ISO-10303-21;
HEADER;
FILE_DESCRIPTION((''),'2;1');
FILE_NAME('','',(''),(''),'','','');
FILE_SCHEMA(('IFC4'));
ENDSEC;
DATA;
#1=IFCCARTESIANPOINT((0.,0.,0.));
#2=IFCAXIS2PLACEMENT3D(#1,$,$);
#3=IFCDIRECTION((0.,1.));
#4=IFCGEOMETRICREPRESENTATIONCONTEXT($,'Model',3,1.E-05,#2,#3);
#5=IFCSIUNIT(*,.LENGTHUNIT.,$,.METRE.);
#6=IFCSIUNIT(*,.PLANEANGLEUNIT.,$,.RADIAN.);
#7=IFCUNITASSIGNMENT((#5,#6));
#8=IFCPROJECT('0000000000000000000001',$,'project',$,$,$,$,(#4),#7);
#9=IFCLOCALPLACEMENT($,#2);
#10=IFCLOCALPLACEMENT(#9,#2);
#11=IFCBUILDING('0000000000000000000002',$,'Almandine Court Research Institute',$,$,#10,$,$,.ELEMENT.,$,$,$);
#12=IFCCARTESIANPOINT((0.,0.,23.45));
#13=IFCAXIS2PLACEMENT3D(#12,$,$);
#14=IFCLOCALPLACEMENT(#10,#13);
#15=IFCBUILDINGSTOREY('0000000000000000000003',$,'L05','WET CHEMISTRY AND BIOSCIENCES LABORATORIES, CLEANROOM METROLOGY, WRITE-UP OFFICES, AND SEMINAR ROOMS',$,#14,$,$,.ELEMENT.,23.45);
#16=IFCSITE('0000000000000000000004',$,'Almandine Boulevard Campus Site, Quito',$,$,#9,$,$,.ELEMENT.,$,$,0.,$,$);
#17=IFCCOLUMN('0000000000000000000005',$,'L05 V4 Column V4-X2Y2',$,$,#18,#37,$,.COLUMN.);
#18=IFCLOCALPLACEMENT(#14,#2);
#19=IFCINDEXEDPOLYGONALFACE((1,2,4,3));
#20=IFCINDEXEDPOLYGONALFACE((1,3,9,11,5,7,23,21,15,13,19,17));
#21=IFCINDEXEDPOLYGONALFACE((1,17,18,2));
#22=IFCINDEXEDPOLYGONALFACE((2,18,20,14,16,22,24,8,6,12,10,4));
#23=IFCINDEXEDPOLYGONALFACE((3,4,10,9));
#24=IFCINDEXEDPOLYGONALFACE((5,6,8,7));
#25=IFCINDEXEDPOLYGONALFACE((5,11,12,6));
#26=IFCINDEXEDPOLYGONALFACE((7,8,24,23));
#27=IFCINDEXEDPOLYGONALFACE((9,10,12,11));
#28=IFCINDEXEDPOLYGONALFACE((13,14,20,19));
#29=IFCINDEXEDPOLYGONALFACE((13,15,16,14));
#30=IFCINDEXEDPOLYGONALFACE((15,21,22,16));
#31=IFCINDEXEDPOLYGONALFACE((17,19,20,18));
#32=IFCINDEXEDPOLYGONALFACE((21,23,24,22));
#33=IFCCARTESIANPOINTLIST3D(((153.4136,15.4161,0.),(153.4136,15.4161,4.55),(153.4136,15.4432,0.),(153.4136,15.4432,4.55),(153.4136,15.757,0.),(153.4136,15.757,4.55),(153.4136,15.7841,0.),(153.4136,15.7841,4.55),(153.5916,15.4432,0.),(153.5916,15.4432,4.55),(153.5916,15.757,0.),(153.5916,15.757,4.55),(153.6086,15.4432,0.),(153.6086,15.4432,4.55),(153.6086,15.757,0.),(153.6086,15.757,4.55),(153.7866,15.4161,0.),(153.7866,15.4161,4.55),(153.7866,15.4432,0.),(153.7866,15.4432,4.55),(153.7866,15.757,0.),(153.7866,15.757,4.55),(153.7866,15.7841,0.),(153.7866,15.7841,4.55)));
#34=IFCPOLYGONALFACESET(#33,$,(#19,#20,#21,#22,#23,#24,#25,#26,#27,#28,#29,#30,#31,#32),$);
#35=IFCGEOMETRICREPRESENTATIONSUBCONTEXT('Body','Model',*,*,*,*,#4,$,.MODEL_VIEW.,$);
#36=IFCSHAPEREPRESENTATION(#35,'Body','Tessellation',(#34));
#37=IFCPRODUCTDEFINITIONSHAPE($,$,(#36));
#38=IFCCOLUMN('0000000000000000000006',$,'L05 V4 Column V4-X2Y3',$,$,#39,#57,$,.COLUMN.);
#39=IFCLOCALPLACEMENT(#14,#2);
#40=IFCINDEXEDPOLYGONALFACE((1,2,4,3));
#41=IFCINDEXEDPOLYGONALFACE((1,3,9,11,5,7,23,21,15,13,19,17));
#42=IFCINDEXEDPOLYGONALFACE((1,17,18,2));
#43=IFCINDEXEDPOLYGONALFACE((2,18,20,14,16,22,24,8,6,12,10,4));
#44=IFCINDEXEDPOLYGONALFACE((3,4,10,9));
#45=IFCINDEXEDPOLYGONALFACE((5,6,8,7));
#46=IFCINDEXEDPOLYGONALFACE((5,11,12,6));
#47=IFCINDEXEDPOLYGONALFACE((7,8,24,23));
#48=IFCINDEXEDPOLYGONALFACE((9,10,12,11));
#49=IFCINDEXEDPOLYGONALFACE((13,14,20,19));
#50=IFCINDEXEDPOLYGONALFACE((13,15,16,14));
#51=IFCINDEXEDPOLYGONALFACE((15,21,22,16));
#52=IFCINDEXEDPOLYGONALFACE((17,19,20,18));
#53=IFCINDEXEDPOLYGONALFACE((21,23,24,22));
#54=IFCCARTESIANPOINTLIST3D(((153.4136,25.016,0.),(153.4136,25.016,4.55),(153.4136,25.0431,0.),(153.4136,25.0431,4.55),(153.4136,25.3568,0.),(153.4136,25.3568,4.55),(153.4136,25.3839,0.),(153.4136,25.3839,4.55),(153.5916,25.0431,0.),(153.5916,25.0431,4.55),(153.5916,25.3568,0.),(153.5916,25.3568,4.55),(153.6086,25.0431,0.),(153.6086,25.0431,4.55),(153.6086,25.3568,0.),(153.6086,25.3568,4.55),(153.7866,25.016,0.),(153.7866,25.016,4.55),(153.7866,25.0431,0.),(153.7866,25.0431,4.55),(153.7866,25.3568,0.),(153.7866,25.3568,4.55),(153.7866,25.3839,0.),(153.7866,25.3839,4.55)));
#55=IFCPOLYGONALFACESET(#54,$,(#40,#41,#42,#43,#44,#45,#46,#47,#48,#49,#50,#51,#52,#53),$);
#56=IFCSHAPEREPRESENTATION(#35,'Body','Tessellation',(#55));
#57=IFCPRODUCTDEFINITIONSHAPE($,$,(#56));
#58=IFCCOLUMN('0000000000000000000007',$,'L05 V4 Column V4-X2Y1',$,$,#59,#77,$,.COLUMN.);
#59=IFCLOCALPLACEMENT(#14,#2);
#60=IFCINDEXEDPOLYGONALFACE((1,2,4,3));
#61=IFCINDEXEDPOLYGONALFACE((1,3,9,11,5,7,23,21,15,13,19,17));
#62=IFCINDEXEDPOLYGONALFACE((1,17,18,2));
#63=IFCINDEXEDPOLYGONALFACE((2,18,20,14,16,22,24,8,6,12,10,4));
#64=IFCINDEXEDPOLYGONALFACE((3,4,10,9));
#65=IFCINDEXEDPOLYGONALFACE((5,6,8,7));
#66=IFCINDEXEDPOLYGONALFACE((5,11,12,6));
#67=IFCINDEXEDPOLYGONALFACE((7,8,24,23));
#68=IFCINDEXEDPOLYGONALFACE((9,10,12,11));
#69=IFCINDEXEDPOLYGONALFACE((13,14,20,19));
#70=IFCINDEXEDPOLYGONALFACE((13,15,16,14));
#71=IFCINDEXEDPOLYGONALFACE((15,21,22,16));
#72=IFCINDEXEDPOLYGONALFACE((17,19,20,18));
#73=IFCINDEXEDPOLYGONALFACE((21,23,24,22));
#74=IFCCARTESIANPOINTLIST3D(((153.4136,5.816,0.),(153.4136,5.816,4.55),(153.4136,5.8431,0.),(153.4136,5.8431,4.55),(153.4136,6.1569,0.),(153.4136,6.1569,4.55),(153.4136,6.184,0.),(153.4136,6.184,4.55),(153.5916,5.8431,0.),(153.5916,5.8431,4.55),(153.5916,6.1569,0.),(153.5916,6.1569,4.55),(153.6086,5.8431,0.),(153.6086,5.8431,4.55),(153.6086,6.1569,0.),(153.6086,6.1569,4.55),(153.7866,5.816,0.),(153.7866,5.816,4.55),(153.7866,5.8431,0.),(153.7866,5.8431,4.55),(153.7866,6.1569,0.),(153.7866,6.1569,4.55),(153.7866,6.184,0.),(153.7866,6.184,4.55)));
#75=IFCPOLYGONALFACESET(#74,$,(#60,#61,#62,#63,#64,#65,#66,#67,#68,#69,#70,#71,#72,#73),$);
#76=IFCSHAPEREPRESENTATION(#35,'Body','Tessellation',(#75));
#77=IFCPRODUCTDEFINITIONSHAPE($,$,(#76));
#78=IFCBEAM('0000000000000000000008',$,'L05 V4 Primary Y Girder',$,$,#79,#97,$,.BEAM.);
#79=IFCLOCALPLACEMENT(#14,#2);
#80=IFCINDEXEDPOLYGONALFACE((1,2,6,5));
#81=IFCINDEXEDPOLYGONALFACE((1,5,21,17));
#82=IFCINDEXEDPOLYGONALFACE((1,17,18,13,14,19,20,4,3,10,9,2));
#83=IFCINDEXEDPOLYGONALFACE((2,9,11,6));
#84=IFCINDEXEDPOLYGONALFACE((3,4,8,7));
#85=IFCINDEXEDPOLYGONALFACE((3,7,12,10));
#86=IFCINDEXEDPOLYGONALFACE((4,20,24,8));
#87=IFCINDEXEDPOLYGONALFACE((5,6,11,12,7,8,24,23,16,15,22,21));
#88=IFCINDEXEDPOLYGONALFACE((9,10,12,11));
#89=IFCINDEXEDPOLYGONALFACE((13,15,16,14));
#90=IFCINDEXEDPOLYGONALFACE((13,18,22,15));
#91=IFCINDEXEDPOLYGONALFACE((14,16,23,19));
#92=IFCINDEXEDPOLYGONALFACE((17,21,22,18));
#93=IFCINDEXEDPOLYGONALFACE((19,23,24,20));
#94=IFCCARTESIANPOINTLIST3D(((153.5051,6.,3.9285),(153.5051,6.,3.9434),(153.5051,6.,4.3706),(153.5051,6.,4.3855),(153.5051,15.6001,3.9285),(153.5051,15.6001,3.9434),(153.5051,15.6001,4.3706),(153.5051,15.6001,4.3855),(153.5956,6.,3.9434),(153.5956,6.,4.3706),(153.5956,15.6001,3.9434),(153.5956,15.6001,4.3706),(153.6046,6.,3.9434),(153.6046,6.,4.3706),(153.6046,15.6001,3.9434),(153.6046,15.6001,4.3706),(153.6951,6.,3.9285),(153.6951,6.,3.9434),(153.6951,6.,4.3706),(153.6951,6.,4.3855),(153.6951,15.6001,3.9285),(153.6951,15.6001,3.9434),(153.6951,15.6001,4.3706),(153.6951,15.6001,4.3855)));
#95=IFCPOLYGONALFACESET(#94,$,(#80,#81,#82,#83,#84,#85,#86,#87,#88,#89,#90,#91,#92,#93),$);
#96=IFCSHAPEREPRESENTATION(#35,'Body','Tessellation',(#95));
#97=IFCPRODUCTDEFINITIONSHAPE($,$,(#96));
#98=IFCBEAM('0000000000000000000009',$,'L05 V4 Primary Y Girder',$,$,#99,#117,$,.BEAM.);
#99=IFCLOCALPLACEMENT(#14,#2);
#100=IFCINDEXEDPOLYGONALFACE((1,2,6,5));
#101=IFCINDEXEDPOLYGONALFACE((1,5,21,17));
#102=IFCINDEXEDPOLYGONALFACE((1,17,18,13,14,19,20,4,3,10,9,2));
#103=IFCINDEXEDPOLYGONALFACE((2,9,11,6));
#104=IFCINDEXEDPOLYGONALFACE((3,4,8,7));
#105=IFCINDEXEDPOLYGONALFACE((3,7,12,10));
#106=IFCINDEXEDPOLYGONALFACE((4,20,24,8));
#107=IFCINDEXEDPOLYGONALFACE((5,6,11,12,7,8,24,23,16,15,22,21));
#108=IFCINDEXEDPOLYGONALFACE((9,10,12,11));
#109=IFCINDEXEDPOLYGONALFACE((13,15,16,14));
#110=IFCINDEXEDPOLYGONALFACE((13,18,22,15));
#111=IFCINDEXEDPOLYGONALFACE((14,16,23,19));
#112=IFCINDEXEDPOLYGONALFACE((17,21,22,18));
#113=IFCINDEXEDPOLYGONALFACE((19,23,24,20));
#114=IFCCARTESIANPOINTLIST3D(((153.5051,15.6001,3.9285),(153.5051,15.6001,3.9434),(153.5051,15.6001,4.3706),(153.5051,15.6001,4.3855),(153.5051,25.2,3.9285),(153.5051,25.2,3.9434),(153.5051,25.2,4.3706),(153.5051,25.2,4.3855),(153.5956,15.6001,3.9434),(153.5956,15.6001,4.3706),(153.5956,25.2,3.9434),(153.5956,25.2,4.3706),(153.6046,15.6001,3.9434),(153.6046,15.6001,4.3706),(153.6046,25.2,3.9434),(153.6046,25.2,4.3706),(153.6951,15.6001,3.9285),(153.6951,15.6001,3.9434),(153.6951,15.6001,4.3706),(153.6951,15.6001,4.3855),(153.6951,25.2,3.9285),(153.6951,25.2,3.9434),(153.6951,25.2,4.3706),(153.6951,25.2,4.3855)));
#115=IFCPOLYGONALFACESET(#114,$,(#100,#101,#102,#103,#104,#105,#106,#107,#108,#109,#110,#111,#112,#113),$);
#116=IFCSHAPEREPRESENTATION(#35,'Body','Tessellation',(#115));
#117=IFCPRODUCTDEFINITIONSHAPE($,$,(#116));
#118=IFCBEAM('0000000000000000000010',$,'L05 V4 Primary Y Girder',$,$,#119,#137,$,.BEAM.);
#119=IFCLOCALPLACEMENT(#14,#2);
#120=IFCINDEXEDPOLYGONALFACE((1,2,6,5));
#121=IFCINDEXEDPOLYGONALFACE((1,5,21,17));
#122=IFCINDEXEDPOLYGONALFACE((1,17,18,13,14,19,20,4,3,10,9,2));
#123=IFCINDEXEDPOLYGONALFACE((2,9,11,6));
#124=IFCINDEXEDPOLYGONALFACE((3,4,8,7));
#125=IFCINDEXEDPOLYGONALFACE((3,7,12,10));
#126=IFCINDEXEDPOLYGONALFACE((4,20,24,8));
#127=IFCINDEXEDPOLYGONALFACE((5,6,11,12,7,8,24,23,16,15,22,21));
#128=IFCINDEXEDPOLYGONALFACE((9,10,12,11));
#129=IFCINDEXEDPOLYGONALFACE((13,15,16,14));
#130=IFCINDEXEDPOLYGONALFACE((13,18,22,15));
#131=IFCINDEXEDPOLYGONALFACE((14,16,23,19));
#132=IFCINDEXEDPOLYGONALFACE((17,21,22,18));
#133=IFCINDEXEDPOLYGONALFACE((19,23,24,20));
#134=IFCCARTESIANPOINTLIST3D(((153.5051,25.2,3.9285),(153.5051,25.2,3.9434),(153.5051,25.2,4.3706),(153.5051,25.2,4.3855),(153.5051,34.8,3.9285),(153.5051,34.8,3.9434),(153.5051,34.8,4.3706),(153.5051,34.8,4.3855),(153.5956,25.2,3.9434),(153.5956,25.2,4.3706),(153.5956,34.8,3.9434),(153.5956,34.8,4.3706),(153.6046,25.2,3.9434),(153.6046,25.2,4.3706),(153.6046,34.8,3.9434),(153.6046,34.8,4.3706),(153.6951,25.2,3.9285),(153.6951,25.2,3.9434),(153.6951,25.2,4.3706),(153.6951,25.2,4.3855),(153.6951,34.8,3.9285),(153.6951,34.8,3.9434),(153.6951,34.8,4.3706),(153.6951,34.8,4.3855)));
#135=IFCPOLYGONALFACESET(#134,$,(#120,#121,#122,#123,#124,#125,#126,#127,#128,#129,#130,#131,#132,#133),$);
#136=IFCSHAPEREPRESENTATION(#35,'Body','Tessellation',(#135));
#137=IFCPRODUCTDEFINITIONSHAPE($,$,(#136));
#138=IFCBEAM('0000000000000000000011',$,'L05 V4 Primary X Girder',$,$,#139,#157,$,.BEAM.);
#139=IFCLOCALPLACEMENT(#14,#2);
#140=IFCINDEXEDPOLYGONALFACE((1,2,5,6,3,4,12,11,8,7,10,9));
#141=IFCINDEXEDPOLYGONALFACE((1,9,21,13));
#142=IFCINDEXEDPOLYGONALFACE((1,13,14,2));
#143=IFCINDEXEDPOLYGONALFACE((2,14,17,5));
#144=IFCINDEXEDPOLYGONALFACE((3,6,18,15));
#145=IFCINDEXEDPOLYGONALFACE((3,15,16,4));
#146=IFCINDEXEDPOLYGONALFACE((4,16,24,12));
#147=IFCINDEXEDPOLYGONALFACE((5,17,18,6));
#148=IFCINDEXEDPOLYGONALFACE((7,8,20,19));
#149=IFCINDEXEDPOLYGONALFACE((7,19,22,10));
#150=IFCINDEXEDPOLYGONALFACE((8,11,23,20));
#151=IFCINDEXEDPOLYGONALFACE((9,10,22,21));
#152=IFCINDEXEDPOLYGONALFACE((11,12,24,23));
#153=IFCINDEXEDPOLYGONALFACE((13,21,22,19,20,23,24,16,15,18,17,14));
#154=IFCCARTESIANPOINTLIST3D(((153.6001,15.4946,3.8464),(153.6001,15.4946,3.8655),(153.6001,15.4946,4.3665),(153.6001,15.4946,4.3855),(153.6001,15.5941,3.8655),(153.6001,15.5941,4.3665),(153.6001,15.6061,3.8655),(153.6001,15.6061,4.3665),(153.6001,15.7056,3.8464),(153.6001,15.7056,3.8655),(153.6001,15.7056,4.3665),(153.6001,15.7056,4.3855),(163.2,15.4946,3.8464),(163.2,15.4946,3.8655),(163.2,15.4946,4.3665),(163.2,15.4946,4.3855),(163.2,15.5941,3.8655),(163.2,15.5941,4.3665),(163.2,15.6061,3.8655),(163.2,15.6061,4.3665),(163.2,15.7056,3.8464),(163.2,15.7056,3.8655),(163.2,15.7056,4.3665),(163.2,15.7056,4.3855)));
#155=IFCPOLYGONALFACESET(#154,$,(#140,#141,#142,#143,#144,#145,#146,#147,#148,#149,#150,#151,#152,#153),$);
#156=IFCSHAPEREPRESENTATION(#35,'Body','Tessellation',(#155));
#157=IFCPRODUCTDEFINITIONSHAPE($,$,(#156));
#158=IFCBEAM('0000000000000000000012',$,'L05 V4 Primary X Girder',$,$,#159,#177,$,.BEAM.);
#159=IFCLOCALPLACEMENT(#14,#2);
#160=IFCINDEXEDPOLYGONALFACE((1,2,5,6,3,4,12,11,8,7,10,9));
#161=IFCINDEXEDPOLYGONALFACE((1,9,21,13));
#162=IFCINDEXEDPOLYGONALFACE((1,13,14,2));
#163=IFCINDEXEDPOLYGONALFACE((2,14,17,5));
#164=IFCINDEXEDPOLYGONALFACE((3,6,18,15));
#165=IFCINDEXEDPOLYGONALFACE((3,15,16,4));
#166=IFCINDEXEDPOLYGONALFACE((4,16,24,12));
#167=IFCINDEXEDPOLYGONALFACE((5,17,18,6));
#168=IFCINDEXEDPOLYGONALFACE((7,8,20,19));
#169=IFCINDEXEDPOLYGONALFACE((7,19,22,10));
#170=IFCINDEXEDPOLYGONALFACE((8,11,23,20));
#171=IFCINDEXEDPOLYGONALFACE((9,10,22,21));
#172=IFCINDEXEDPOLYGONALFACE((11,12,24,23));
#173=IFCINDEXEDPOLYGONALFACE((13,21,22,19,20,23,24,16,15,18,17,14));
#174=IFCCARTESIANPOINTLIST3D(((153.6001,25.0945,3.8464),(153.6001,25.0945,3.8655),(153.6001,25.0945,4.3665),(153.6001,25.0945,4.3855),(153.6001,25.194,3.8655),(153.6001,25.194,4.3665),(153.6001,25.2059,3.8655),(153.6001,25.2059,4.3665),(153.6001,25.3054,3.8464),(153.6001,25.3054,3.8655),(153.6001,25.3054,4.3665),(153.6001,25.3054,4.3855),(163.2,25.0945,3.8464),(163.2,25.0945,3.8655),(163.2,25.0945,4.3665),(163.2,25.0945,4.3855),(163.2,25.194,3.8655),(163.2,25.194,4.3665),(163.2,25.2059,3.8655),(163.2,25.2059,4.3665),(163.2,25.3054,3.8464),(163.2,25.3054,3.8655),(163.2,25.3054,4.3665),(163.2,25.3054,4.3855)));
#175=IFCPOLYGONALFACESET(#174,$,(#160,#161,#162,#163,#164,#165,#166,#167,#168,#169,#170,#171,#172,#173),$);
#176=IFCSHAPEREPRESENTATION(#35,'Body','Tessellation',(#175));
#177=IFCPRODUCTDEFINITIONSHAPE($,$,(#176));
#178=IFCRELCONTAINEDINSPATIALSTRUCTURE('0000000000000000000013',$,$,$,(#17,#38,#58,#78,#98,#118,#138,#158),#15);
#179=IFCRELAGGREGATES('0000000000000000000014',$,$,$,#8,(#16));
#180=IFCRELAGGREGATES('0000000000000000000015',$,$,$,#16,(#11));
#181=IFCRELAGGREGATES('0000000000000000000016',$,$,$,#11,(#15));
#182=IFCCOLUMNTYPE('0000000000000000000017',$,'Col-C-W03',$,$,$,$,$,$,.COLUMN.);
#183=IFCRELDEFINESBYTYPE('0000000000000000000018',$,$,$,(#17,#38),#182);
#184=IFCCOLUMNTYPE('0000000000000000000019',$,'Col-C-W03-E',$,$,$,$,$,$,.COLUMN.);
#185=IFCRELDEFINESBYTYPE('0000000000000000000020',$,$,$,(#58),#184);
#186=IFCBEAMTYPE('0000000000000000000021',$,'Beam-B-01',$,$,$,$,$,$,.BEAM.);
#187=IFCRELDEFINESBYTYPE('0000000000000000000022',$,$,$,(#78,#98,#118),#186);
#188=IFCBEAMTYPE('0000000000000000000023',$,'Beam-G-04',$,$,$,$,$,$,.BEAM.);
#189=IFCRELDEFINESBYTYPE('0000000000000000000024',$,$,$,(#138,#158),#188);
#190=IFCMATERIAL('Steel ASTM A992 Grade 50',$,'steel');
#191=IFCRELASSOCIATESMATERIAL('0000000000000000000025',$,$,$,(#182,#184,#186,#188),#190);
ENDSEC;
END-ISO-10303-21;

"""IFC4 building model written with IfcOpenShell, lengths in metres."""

from ifc_helpers import new_model, si_unit, direction, frame, origin, origin_2d, place, context, subcontext, project, spatial, i_section, extrude, material, material_profile, profile_set, type_object, element, save


model = new_model("IFC4")

# Units and contexts
model_context = context("Model", 3, precision=1e-05, world=origin(), true_north=direction((0.0, 1.0)))
body_context = subcontext(model_context, "Body", "Model", "MODEL_VIEW")
ifc_project = project(units=[si_unit("LENGTHUNIT", "METRE"), si_unit("PLANEANGLEUNIT", "RADIAN")], contexts=[model_context])

# Site, building, storey
site_placement = place(None, origin())
site = spatial("IfcSite", under=ifc_project, at=site_placement, Name="Almandine Boulevard Campus Site, Quito", CompositionType="ELEMENT", RefElevation=0.0)
building_placement = place(site_placement, origin())
building = spatial("IfcBuilding", under=site, at=building_placement, Name="Almandine Court Research Institute", CompositionType="ELEMENT")
storey_placement = place(building_placement, frame((0.0, 0.0, 23.45)))
storey = spatial("IfcBuildingStorey", under=building, at=storey_placement, Name="L05", Description="WET CHEMISTRY AND BIOSCIENCES LABORATORIES, CLEANROOM METROLOGY, WRITE-UP OFFICES, AND SEMINAR ROOMS", CompositionType="ELEMENT", Elevation=23.45)

# Columns
ifc_material_1 = material(Name="Steel ASTM A992 Grade 50", Category="steel")
ifc_material_profile_1 = material_profile(ifc_material_1, i_section(OverallWidth=0.373, OverallDepth=0.3679, WebThickness=0.0171, FlangeThickness=0.0271, at=origin_2d()), Name="W360x179")
ifc_profile_set_1 = profile_set([ifc_material_profile_1], Name="Steel ASTM A992 Grade 50")
column_type_1 = type_object("IfcColumnType", Name="Col-C-W03", PredefinedType="COLUMN", material=ifc_profile_set_1)
for number, where, z_axis, x_axis, name in (
    (1, (153.6001, 15.6001, 0.0), (0.0, 0.0, 1.0), (1.0, 0.0, 0.0), "L05 V4 Column V4-X2Y2"),
    (2, (153.6001, 25.2, 0.0), (0.0, 0.0, 1.0), (1.0, 0.0, 0.0), "L05 V4 Column V4-X2Y3"),
):
    element("IfcColumn", number, at=place(storey_placement, frame(where, z_axis=z_axis, x_axis=x_axis)), inside=storey, type_object=column_type_1, Name=name, PredefinedType="COLUMN", context=body_context, shape_type="SweptSolid", body=[
        extrude(i_section(OverallWidth=0.373, OverallDepth=0.3679, WebThickness=0.0171, FlangeThickness=0.0271, at=origin_2d()), origin(), (0.0, 0.0, 1.0), 4.55),
    ])
ifc_material_profile_2 = material_profile(ifc_material_1, i_section(OverallWidth=0.373, OverallDepth=0.3679, WebThickness=0.0171, FlangeThickness=0.0271, at=origin_2d()), Name="W360x179")
ifc_profile_set_2 = profile_set([ifc_material_profile_2], Name="Steel ASTM A992 Grade 50")
column_type_2 = type_object("IfcColumnType", Name="Col-C-W03-E", PredefinedType="COLUMN", material=ifc_profile_set_2)
column_placement = place(storey_placement, frame((153.6001, 6.0, 0.0), z_axis=(0.0, 0.0, 1.0), x_axis=(1.0, 0.0, 0.0)))
element("IfcColumn", 3, at=column_placement, inside=storey, type_object=column_type_2, Name="L05 V4 Column V4-X2Y1", PredefinedType="COLUMN", context=body_context, shape_type="SweptSolid", body=[
    extrude(i_section(OverallWidth=0.373, OverallDepth=0.3679, WebThickness=0.0171, FlangeThickness=0.0271, at=origin_2d()), origin(), (0.0, 0.0, 1.0), 4.55),
])

# Beams
ifc_material_profile_3 = material_profile(ifc_material_1, i_section(OverallWidth=0.1899, OverallDepth=0.457, WebThickness=0.009, FlangeThickness=0.0149, at=origin_2d()), Name="W460x74")
ifc_profile_set_3 = profile_set([ifc_material_profile_3], Name="Steel ASTM A992 Grade 50")
beam_type_1 = type_object("IfcBeamType", Name="Beam-B-01", PredefinedType="BEAM", material=ifc_profile_set_3)
beam_1_placement = place(storey_placement, frame((153.6001, 6.0, 4.157), z_axis=(0.0, 1.0, 0.0), x_axis=(-1.0, 0.0, 0.0)))
element("IfcBeam", 4, at=beam_1_placement, inside=storey, type_object=beam_type_1, Name="L05 V4 Primary Y Girder", PredefinedType="BEAM", context=body_context, shape_type="SweptSolid", body=[
    extrude(i_section(OverallWidth=0.1899, OverallDepth=0.457, WebThickness=0.009, FlangeThickness=0.0149, at=origin_2d()), origin(), (0.0, 0.0, 1.0), 9.6001),
])
beam_2_placement = place(storey_placement, frame((153.6001, 15.6001, 4.157), z_axis=(0.0, 1.0, 0.0), x_axis=(-1.0, 0.0, 0.0)))
element("IfcBeam", 5, at=beam_2_placement, inside=storey, type_object=beam_type_1, Name="L05 V4 Primary Y Girder", PredefinedType="BEAM", context=body_context, shape_type="SweptSolid", body=[
    extrude(i_section(OverallWidth=0.1899, OverallDepth=0.457, WebThickness=0.009, FlangeThickness=0.0149, at=origin_2d()), origin(), (0.0, 0.0, 1.0), 9.5999),
])
beam_3_placement = place(storey_placement, frame((153.6001, 25.2, 4.157), z_axis=(0.0, 1.0, 0.0), x_axis=(-1.0, 0.0, 0.0)))
element("IfcBeam", 6, at=beam_3_placement, inside=storey, type_object=beam_type_1, Name="L05 V4 Primary Y Girder", PredefinedType="BEAM", context=body_context, shape_type="SweptSolid", body=[
    extrude(i_section(OverallWidth=0.1899, OverallDepth=0.457, WebThickness=0.009, FlangeThickness=0.0149, at=origin_2d()), origin(), (0.0, 0.0, 1.0), 9.6001),
])
ifc_material_profile_4 = material_profile(ifc_material_1, i_section(OverallWidth=0.2109, OverallDepth=0.5391, WebThickness=0.012, FlangeThickness=0.019, at=origin_2d()), Name="W530x109")
ifc_profile_set_4 = profile_set([ifc_material_profile_4], Name="Steel ASTM A992 Grade 50")
beam_type_2 = type_object("IfcBeamType", Name="Beam-G-04", PredefinedType="BEAM", material=ifc_profile_set_4)
for number, where, z_axis, x_axis, name in (
    (7, (153.6001, 15.6001, 4.116), (1.0, 0.0, 0.0), (0.0, 1.0, 0.0), "L05 V4 Primary X Girder"),
    (8, (153.6001, 25.2, 4.116), (1.0, 0.0, 0.0), (0.0, 1.0, 0.0), "L05 V4 Primary X Girder"),
):
    element("IfcBeam", number, at=place(storey_placement, frame(where, z_axis=z_axis, x_axis=x_axis)), inside=storey, type_object=beam_type_2, Name=name, PredefinedType="BEAM", context=body_context, shape_type="SweptSolid", body=[
        extrude(i_section(OverallWidth=0.2109, OverallDepth=0.5391, WebThickness=0.012, FlangeThickness=0.019, at=origin_2d()), origin(), (0.0, 0.0, 1.0), 9.5999),
    ])

save(model, "model.ifc")
